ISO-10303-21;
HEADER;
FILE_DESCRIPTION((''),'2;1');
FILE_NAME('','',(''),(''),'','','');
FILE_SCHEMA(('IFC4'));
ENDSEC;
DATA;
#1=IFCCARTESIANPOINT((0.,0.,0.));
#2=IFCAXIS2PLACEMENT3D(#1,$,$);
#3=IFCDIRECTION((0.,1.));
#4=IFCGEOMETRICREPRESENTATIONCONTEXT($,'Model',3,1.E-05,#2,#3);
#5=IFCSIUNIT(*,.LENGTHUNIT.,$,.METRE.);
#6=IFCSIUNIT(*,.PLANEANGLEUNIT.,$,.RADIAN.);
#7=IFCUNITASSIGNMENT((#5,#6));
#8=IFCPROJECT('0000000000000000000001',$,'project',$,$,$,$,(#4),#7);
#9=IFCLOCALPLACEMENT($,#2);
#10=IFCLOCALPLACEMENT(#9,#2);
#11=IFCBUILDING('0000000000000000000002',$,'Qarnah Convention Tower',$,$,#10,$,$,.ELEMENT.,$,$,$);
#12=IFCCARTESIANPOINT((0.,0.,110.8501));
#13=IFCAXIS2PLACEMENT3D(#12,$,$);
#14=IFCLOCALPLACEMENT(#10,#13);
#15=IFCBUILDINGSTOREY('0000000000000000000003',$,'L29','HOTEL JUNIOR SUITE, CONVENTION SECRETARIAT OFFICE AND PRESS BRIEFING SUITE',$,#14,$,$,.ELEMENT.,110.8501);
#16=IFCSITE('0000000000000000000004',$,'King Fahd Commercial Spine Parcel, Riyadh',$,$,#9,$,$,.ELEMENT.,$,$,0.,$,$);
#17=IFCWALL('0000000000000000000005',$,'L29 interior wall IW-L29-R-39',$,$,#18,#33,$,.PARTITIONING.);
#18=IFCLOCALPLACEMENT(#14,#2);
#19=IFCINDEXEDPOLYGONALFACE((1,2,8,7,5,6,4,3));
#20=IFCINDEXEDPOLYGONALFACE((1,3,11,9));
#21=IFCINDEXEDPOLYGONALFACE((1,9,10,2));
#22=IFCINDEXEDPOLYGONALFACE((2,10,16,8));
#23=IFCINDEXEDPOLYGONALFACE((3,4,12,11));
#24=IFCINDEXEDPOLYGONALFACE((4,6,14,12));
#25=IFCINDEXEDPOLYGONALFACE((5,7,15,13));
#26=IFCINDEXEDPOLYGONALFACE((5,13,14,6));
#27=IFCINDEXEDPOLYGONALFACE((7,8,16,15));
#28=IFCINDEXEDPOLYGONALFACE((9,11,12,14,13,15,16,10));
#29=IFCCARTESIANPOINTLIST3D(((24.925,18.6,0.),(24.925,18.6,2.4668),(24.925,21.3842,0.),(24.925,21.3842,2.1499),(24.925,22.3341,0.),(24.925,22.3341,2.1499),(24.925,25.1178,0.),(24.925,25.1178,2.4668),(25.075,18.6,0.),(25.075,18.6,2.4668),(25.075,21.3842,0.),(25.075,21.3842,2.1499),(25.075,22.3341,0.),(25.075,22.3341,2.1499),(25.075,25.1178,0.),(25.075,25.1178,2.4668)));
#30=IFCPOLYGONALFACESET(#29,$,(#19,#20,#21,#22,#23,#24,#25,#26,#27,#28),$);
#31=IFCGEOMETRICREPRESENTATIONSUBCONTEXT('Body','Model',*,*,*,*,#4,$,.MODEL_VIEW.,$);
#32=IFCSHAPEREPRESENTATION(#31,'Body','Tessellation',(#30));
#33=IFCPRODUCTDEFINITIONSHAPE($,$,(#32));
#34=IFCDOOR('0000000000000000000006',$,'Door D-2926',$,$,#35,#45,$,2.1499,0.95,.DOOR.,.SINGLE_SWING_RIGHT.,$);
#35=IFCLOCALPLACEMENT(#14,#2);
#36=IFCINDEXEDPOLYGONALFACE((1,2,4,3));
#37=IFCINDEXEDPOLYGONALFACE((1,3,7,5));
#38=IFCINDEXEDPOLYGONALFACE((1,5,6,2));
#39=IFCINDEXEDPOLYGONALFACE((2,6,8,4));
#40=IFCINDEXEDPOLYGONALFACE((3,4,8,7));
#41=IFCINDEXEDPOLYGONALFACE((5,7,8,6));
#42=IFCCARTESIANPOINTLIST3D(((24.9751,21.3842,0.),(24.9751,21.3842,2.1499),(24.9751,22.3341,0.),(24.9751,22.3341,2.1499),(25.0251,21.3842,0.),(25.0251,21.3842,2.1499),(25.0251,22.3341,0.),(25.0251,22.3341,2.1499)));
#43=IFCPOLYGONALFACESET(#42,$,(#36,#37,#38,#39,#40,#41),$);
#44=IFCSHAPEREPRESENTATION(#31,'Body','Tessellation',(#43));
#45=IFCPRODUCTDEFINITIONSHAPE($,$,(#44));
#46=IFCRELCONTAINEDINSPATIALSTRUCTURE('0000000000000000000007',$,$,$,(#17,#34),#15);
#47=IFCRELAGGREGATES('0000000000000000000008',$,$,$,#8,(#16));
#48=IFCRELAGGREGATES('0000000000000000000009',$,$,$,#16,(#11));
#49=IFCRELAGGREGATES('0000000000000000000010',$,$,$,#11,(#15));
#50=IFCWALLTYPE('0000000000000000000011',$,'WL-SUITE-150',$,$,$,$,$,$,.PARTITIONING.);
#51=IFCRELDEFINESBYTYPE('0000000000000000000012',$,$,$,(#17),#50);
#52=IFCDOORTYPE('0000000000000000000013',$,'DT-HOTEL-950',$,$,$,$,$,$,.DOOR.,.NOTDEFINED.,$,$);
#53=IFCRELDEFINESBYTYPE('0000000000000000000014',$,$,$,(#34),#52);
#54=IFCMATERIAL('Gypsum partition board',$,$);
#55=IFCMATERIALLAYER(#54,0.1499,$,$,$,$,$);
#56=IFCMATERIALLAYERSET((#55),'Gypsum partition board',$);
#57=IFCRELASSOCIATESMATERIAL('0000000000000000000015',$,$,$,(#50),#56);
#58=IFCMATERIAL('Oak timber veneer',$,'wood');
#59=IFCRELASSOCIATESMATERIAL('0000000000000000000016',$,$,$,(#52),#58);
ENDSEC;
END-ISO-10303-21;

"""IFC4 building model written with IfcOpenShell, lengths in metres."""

from ifc_helpers import new_model, si_unit, direction, frame, frame_2d, origin, place, context, subcontext, project, spatial, rectangle, extrude, material, layer, layer_set, type_object, element, fill, save


model = new_model("IFC4")

# Units and contexts
model_context = context("Model", 3, precision=1e-05, world=origin(), true_north=direction((0.0, 1.0)))
body_context = subcontext(model_context, "Body", "Model", "MODEL_VIEW")
ifc_project = project(units=[si_unit("LENGTHUNIT", "METRE"), si_unit("PLANEANGLEUNIT", "RADIAN")], contexts=[model_context])

# Site, building, storey
site_placement = place(None, origin())
site = spatial("IfcSite", under=ifc_project, at=site_placement, Name="King Fahd Commercial Spine Parcel, Riyadh", CompositionType="ELEMENT", RefElevation=0.0)
building_placement = place(site_placement, origin())
building = spatial("IfcBuilding", under=site, at=building_placement, Name="Qarnah Convention Tower", CompositionType="ELEMENT")
storey_placement = place(building_placement, frame((0.0, 0.0, 110.8501)))
storey = spatial("IfcBuildingStorey", under=building, at=storey_placement, Name="L29", Description="HOTEL JUNIOR SUITE, CONVENTION SECRETARIAT OFFICE AND PRESS BRIEFING SUITE", CompositionType="ELEMENT", Elevation=110.8501)

# Shared definitions
ifc_material_1 = material(Name="Gypsum partition board")
ifc_layer_1 = layer(ifc_material_1, 0.1499)
ifc_layer_set_1 = layer_set([ifc_layer_1], Name="Gypsum partition board")
wall_type_1 = type_object("IfcWallType", Name="WL-SUITE-150", PredefinedType="PARTITIONING", material=ifc_layer_set_1)

# Shared definitions
ifc_material_2 = material(Name="Oak timber veneer", Category="wood")
door_type_1 = type_object("IfcDoorType", Name="DT-HOTEL-950", OperationType="NOTDEFINED", PredefinedType="DOOR", material=ifc_material_2)

# Wall, opening, door
wall_1_placement = place(storey_placement, frame((25.0, 18.6001, 0.0), z_axis=(0.0, 0.0, 1.0), x_axis=(0.0, 1.0, 0.0)))
wall_1 = element("IfcWall", 1, at=wall_1_placement, inside=storey, type_object=wall_type_1, Name="L29 interior wall IW-L29-R-39", PredefinedType="PARTITIONING", context=body_context, shape_type="SweptSolid", body=[
    extrude(rectangle(XDim=6.5178, YDim=0.1499, at=frame_2d((3.2588, 0.0))), origin(), (0.0, 0.0, 1.0), 2.4668),
])
opening_1_placement = place(wall_1_placement, frame((2.7839, 0.0, 0.0)))
opening_1 = element("IfcOpeningElement", 2, at=opening_1_placement, cuts=wall_1, PredefinedType="OPENING", context=body_context, shape_type="SweptSolid", body=[
    extrude(rectangle(XDim=0.95, YDim=2.1499, at=frame_2d((0.4751, 1.075))), frame((0.0, 0.085, 0.0), z_axis=(0.0, -1.0, 0.0), x_axis=(1.0, 0.0, 0.0)), (0.0, 0.0, 1.0), 0.1699),
])
door_1_placement = place(opening_1_placement, origin())
door_1 = element("IfcDoor", 3, at=door_1_placement, inside=storey, type_object=door_type_1, Name="Door D-2926", OperationType="SINGLE_SWING_RIGHT", OverallHeight=2.1499, OverallWidth=0.95, PredefinedType="DOOR", context=body_context, shape_type="SweptSolid", body=[
    extrude(rectangle(XDim=0.95, YDim=2.1499, at=frame_2d((0.4751, 1.075))), frame((0.0, 0.0249, 0.0), z_axis=(0.0, -1.0, 0.0), x_axis=(1.0, 0.0, 0.0)), (0.0, 0.0, 1.0), 0.05),
])
fill(opening_1, door_1)

save(model, "model.ifc")
